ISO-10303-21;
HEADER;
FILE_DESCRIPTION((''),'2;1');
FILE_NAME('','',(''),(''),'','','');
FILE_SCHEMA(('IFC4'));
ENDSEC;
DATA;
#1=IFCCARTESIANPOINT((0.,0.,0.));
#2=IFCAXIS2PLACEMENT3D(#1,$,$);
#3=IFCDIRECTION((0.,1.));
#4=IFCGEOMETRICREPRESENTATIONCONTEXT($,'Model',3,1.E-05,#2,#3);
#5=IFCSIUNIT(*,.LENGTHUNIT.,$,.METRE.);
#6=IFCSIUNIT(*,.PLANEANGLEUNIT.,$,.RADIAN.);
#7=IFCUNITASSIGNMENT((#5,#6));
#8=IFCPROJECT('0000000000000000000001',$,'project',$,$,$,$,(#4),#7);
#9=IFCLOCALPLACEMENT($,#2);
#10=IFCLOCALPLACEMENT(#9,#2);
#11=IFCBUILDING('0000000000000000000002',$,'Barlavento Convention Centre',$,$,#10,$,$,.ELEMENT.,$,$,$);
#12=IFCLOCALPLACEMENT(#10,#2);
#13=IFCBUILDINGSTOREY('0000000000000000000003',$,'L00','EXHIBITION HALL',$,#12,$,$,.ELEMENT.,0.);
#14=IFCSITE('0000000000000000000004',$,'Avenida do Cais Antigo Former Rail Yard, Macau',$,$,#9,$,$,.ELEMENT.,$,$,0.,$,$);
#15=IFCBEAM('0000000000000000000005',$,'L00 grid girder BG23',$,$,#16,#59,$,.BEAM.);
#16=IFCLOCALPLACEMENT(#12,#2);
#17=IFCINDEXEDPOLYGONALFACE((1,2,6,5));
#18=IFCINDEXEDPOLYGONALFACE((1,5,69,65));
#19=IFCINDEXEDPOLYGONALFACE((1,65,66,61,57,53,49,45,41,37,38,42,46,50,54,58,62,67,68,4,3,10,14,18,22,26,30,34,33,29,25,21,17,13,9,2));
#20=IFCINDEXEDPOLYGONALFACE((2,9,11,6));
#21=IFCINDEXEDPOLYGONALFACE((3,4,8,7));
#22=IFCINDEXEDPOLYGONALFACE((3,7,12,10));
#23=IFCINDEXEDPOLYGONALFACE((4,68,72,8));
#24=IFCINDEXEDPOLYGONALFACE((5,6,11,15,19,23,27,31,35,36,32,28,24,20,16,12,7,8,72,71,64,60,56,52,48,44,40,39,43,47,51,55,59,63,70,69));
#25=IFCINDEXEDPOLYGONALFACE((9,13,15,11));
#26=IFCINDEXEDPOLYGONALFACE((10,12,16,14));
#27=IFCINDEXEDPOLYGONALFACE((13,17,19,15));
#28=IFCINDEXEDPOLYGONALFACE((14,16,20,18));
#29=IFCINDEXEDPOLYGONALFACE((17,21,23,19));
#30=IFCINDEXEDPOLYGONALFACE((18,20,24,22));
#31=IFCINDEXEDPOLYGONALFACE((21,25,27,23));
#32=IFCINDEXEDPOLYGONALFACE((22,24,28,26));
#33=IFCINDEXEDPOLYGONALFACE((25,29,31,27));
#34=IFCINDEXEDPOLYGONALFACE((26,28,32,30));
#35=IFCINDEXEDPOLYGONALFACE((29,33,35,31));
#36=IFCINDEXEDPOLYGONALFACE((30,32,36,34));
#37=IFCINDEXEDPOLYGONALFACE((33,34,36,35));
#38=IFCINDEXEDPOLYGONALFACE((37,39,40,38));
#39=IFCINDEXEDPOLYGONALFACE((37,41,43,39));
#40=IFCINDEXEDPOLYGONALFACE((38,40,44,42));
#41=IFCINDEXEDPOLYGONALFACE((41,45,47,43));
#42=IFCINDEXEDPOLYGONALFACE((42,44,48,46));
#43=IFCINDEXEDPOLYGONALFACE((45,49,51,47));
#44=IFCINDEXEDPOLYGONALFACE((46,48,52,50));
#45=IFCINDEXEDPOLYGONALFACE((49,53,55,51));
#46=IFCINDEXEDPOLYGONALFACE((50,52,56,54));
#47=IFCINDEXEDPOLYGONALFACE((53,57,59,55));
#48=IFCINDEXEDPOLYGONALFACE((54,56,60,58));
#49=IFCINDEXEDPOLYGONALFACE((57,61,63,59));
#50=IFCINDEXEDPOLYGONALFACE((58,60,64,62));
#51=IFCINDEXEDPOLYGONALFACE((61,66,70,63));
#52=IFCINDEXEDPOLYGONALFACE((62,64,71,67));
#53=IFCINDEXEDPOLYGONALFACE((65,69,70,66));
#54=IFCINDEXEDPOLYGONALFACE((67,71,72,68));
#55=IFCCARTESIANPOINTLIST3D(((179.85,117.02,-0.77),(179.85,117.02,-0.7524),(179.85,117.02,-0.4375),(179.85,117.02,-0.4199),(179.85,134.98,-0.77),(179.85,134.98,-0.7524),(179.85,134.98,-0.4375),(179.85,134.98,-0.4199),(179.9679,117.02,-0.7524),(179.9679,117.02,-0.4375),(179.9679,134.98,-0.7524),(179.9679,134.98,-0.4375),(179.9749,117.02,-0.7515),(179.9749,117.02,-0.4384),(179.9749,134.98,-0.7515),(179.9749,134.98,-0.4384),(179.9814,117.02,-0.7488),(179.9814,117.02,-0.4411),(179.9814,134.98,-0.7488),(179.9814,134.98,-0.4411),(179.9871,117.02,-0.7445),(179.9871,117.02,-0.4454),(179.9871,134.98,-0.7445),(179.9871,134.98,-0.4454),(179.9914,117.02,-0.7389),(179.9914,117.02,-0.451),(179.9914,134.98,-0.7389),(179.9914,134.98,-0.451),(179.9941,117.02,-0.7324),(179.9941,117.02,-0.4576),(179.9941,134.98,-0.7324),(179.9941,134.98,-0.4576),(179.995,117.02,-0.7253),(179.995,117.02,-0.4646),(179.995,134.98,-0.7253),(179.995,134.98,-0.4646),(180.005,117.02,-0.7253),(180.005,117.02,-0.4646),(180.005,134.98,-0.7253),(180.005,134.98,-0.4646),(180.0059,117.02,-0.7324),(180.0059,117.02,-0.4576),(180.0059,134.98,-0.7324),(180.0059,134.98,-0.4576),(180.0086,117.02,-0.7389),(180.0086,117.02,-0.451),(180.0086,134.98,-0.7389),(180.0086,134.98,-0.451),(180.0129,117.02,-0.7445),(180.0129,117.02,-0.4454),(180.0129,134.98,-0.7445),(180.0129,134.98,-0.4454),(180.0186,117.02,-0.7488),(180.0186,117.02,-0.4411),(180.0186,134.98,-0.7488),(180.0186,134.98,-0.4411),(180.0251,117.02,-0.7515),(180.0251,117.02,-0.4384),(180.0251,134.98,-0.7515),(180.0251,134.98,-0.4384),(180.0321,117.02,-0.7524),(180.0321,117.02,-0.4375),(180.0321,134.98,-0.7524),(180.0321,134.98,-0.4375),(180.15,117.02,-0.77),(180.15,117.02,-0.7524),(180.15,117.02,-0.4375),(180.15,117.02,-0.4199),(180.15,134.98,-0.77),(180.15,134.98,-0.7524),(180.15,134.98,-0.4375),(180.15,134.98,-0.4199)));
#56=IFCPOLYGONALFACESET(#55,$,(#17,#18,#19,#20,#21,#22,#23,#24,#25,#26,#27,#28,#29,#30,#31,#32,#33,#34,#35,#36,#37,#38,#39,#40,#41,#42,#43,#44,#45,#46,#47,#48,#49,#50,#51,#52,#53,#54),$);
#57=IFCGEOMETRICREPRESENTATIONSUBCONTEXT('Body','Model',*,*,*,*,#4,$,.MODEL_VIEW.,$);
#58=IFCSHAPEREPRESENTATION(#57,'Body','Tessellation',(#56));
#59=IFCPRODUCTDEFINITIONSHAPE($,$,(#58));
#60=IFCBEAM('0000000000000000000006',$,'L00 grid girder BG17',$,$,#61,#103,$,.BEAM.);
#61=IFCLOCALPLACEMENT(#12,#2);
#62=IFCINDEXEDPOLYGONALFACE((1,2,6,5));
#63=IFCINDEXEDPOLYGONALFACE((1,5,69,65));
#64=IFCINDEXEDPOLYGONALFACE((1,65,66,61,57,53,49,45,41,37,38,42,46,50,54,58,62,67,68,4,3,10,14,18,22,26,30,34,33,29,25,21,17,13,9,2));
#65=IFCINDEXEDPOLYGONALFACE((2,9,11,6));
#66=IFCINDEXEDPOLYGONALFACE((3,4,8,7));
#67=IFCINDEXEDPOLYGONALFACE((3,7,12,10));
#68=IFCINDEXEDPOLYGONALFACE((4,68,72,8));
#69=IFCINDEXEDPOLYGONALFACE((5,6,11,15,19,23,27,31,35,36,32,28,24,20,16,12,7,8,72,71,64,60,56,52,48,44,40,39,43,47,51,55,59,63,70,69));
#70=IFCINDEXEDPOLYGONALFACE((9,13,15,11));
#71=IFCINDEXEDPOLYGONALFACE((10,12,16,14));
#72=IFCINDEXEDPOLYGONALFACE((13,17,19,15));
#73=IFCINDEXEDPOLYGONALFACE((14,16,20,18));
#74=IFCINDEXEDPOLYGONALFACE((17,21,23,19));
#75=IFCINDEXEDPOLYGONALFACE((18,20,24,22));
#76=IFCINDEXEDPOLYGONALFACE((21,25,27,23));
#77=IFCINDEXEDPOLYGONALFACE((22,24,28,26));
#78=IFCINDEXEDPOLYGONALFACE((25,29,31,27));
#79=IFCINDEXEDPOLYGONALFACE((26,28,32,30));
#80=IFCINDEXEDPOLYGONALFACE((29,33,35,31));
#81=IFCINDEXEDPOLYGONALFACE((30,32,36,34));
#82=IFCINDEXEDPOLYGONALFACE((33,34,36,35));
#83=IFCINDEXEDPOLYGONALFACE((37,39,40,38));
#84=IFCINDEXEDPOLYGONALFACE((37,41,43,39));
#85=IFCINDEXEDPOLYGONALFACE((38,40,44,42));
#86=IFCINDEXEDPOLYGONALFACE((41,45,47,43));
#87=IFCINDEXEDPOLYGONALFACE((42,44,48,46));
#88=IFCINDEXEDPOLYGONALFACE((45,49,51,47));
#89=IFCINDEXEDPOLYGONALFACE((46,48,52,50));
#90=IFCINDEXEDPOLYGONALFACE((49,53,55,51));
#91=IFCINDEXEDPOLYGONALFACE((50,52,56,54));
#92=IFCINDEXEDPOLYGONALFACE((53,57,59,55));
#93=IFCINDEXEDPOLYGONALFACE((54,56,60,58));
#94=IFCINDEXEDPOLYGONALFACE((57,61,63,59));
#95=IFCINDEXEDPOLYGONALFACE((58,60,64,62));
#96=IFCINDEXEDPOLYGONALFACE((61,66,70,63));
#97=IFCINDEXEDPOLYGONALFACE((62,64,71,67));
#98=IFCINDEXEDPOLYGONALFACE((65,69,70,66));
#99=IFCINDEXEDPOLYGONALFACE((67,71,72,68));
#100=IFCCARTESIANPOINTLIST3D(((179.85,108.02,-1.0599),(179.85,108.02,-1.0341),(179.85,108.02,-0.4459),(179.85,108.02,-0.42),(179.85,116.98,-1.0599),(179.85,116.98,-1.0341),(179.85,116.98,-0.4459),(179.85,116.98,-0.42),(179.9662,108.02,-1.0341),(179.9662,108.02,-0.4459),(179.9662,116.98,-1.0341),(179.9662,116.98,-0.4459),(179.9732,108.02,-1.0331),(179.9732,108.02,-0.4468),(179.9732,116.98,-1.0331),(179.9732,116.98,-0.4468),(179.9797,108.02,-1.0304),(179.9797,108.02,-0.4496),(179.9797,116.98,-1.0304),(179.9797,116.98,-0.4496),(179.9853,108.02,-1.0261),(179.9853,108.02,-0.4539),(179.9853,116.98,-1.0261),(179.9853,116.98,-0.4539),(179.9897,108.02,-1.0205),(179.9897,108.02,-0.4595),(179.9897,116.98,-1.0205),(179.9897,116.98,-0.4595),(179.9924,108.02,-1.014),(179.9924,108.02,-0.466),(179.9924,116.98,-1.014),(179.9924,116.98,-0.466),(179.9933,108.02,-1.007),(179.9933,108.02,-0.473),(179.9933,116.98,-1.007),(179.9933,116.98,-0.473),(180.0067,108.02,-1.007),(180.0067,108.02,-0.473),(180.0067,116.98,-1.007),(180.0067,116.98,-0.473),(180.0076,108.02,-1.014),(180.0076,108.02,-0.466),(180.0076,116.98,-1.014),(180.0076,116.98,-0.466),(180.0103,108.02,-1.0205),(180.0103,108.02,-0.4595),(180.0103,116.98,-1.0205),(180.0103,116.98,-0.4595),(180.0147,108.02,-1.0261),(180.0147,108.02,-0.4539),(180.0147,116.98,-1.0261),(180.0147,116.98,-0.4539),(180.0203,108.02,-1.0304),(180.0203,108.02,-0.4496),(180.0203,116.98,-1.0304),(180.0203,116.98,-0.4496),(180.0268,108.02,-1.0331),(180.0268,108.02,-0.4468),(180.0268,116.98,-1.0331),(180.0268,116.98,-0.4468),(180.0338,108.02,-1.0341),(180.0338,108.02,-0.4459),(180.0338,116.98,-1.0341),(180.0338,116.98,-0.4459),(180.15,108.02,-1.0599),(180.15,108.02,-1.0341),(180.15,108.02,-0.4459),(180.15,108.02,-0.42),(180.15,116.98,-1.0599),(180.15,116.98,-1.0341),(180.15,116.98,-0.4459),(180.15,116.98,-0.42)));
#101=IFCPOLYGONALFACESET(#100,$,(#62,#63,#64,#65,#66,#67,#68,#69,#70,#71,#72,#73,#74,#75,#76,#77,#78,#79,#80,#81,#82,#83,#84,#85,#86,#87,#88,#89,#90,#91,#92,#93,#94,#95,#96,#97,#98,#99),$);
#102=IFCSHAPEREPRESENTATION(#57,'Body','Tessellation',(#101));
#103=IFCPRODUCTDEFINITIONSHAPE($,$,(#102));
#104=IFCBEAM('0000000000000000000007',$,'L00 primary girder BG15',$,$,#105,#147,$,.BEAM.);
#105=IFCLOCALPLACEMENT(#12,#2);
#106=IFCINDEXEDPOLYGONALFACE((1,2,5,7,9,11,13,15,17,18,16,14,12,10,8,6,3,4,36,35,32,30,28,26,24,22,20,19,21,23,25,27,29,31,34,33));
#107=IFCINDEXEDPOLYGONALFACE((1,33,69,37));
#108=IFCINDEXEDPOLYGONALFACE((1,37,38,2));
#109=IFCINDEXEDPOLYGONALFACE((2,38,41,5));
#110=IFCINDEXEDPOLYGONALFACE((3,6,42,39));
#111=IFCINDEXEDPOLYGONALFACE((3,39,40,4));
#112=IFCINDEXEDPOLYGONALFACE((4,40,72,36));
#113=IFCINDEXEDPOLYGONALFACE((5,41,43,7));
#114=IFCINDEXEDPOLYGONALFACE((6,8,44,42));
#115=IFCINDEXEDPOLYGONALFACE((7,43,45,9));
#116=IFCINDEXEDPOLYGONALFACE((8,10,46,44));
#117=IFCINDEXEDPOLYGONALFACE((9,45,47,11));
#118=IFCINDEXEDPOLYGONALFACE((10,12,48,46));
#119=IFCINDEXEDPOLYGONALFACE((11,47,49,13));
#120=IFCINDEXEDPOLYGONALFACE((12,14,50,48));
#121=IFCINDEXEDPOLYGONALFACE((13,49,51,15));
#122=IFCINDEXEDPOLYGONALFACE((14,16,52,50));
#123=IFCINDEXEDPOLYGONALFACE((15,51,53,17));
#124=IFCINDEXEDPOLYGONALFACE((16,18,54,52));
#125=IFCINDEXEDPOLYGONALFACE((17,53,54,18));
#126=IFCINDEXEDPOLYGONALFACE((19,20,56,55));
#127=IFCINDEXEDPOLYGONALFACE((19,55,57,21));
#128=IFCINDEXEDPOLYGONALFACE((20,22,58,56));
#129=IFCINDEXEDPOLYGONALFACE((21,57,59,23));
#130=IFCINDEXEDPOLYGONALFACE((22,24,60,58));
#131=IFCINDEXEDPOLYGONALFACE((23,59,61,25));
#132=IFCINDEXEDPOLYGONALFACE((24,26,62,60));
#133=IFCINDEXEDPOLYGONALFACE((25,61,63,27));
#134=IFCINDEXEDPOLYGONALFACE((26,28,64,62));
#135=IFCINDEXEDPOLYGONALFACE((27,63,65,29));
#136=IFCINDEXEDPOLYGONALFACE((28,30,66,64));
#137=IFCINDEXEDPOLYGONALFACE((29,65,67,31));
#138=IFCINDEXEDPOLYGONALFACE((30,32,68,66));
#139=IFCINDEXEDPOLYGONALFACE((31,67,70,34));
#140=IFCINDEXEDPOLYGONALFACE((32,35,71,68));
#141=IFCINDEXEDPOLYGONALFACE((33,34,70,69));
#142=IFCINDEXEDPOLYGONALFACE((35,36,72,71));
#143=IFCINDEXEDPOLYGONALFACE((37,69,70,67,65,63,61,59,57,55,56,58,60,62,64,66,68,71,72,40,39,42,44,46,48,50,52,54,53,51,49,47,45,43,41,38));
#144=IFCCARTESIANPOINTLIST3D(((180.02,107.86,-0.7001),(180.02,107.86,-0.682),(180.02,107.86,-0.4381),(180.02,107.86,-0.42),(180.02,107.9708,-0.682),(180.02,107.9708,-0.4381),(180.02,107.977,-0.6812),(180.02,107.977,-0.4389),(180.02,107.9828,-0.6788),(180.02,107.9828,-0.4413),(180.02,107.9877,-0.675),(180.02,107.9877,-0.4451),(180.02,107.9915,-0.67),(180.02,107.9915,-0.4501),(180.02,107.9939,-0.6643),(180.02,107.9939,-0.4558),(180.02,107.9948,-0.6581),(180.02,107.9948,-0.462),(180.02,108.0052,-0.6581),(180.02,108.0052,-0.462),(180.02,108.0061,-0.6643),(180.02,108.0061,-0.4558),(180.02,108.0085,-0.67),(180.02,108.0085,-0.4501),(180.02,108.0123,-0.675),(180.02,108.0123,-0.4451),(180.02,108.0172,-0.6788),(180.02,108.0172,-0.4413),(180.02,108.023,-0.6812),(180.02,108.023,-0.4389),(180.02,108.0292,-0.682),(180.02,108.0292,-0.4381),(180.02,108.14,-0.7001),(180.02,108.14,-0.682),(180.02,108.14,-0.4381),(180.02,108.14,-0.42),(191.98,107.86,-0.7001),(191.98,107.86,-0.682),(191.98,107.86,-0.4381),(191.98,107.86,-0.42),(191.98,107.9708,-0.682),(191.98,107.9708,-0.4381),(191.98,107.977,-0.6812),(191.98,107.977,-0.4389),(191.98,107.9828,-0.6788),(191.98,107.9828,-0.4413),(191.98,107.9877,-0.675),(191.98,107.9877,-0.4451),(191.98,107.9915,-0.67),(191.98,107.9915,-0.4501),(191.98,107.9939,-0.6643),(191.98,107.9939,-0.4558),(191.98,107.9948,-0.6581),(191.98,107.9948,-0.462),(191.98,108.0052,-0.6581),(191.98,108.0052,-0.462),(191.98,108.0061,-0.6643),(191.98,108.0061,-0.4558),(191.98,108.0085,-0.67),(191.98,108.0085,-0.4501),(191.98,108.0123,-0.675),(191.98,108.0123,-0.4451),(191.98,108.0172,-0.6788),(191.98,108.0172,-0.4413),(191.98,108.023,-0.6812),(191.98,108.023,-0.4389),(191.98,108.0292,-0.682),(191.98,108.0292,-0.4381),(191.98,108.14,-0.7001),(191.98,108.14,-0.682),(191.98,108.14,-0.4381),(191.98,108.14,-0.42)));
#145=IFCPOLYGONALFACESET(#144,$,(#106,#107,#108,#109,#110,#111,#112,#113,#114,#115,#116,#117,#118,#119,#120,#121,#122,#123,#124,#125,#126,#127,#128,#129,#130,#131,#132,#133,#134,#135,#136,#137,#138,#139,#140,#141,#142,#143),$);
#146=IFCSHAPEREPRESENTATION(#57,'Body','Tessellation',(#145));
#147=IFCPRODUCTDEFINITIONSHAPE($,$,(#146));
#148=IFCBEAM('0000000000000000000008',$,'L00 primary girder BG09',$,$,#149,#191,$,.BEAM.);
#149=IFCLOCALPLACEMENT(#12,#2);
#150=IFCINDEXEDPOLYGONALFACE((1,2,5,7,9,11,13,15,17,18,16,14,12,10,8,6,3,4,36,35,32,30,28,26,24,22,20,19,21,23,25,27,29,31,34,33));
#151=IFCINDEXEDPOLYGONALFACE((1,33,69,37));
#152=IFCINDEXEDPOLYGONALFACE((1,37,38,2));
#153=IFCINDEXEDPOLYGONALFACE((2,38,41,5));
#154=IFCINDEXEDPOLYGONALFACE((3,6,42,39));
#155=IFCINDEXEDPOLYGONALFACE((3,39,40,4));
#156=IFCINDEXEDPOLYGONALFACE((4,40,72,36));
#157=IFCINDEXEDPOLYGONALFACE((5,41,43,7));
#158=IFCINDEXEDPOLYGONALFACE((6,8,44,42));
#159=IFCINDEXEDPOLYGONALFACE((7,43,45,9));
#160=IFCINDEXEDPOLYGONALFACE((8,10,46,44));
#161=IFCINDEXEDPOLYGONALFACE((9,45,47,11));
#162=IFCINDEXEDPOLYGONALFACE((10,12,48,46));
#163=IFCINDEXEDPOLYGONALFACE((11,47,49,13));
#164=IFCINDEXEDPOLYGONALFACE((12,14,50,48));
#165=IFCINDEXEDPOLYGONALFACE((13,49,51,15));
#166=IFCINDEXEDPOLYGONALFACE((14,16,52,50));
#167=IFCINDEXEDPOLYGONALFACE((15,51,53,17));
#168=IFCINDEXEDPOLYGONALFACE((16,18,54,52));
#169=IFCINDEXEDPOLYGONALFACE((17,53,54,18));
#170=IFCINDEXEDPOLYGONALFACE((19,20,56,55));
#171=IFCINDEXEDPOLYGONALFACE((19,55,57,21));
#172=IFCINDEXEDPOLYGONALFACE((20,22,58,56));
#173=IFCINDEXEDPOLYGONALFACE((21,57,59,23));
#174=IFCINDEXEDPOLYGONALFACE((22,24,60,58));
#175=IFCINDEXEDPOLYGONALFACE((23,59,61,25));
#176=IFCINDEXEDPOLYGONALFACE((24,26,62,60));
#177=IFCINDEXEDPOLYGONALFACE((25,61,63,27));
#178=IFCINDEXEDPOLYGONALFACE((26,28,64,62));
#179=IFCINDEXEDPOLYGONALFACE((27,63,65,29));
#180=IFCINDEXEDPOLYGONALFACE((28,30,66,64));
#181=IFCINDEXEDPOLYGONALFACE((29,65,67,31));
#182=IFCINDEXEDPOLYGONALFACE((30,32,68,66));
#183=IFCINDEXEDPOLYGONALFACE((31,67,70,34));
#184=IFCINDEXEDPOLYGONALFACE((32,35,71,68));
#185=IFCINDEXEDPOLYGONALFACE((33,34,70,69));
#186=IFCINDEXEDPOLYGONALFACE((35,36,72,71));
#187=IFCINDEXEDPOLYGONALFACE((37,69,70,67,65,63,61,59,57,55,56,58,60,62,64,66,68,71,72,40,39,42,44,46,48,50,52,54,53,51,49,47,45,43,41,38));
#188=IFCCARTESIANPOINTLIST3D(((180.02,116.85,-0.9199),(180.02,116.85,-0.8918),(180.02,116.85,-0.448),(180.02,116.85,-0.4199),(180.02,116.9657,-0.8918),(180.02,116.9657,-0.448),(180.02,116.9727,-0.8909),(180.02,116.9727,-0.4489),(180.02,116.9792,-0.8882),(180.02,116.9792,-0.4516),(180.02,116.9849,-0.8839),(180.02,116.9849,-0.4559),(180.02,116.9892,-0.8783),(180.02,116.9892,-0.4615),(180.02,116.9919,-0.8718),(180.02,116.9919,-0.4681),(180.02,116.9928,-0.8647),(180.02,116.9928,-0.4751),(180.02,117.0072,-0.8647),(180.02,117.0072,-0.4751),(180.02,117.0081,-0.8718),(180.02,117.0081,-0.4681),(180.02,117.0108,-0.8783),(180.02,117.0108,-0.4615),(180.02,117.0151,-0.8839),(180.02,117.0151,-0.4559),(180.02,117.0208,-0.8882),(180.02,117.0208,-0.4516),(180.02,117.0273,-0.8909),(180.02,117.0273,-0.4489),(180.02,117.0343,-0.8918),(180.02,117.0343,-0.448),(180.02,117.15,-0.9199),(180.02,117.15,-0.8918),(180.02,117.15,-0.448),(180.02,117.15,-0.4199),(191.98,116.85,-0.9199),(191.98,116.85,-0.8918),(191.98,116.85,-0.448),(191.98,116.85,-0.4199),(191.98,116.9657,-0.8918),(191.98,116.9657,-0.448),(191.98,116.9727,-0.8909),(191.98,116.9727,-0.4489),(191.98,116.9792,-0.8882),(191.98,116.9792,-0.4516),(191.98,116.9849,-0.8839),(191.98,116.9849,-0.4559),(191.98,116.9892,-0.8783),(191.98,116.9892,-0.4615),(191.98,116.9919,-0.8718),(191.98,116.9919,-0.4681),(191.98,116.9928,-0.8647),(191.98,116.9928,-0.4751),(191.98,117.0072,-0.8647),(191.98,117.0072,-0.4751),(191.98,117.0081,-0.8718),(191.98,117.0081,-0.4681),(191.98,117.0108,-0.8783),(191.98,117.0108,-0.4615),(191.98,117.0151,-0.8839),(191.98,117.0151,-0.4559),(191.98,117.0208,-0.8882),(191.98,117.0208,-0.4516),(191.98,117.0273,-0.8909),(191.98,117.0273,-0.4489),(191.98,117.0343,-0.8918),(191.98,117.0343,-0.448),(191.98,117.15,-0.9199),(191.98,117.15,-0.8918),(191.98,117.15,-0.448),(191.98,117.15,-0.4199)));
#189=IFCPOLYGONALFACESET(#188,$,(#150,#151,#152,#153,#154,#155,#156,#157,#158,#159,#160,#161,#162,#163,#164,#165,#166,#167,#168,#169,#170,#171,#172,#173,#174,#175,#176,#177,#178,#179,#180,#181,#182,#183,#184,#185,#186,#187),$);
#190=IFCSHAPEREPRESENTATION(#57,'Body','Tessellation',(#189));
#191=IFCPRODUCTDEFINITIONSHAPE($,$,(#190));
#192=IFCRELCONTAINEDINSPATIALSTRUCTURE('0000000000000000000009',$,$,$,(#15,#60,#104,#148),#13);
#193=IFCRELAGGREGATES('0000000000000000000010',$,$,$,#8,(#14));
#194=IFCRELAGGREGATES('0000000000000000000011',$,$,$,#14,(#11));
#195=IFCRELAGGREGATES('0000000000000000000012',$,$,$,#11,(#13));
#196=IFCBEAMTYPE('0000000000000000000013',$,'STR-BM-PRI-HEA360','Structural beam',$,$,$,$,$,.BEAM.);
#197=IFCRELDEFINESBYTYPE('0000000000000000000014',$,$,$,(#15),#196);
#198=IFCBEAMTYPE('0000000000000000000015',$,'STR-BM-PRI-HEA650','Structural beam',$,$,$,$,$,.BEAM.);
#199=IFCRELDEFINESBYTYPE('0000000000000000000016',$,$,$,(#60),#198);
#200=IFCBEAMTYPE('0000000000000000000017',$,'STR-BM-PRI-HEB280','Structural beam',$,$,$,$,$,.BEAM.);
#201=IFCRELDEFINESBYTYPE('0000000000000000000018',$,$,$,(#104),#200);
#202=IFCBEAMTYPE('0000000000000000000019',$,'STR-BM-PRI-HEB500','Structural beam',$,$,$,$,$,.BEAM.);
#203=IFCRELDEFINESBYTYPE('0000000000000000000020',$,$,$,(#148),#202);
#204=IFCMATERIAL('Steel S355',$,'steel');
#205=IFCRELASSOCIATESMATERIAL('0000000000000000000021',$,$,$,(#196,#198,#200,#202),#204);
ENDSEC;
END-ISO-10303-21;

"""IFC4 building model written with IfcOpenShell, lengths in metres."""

from ifc_helpers import new_model, si_unit, direction, frame, origin, origin_2d, place, context, subcontext, project, spatial, i_section, extrude, material, material_profile, profile_set, type_object, element, save


model = new_model("IFC4")

# Units and contexts
model_context = context("Model", 3, precision=1e-05, world=origin(), true_north=direction((0.0, 1.0)))
body_context = subcontext(model_context, "Body", "Model", "MODEL_VIEW")
ifc_project = project(units=[si_unit("LENGTHUNIT", "METRE"), si_unit("PLANEANGLEUNIT", "RADIAN")], contexts=[model_context])

# Site, building, storey
site_placement = place(None, origin())
site = spatial("IfcSite", under=ifc_project, at=site_placement, Name="Avenida do Cais Antigo Former Rail Yard, Macau", CompositionType="ELEMENT", RefElevation=0.0)
building_placement = place(site_placement, origin())
building = spatial("IfcBuilding", under=site, at=building_placement, Name="Barlavento Convention Centre", CompositionType="ELEMENT")
storey_placement = place(building_placement, origin())
storey = spatial("IfcBuildingStorey", under=building, at=storey_placement, Name="L00", Description="EXHIBITION HALL", CompositionType="ELEMENT", Elevation=0.0)

# Beams
ifc_material_1 = material(Name="Steel S355", Category="steel")
ifc_material_profile_1 = material_profile(ifc_material_1, i_section(OverallWidth=0.3, OverallDepth=0.3501, WebThickness=0.01, FlangeThickness=0.0176, FilletRadius=0.0271, at=origin_2d()), Name="HEA 360")
ifc_profile_set_1 = profile_set([ifc_material_profile_1], Name="Steel S355")
beam_type_1 = type_object("IfcBeamType", Name="STR-BM-PRI-HEA360", Description="Structural beam", PredefinedType="BEAM", material=ifc_profile_set_1)
beam_1_placement = place(storey_placement, frame((180.0, 117.02, -0.595), z_axis=(0.0, 1.0, 0.0), x_axis=(-1.0, 0.0, 0.0)))
element("IfcBeam", 1, at=beam_1_placement, inside=storey, type_object=beam_type_1, Name="L00 grid girder BG23", PredefinedType="BEAM", context=body_context, shape_type="SweptSolid", body=[
    extrude(i_section(OverallWidth=0.3, OverallDepth=0.3501, WebThickness=0.01, FlangeThickness=0.0176, FilletRadius=0.0271, at=origin_2d()), origin(), (0.0, 0.0, 1.0), 17.96),
])
ifc_material_profile_2 = material_profile(ifc_material_1, i_section(OverallWidth=0.3, OverallDepth=0.6399, WebThickness=0.0134, FlangeThickness=0.0259, FilletRadius=0.0271, at=origin_2d()), Name="HEA 650")
ifc_profile_set_2 = profile_set([ifc_material_profile_2], Name="Steel S355")
beam_type_2 = type_object("IfcBeamType", Name="STR-BM-PRI-HEA650", Description="Structural beam", PredefinedType="BEAM", material=ifc_profile_set_2)
beam_2_placement = place(storey_placement, frame((180.0, 108.02, -0.74), z_axis=(0.0, 1.0, 0.0), x_axis=(-1.0, 0.0, 0.0)))
element("IfcBeam", 2, at=beam_2_placement, inside=storey, type_object=beam_type_2, Name="L00 grid girder BG17", PredefinedType="BEAM", context=body_context, shape_type="SweptSolid", body=[
    extrude(i_section(OverallWidth=0.3, OverallDepth=0.6399, WebThickness=0.0134, FlangeThickness=0.0259, FilletRadius=0.0271, at=origin_2d()), origin(), (0.0, 0.0, 1.0), 8.96),
])
ifc_material_profile_3 = material_profile(ifc_material_1, i_section(OverallWidth=0.28, OverallDepth=0.28, WebThickness=0.0105, FlangeThickness=0.0181, FilletRadius=0.0239, at=origin_2d()), Name="HEB 280")
ifc_profile_set_3 = profile_set([ifc_material_profile_3], Name="Steel S355")
beam_type_3 = type_object("IfcBeamType", Name="STR-BM-PRI-HEB280", Description="Structural beam", PredefinedType="BEAM", material=ifc_profile_set_3)
beam_3_placement = place(storey_placement, frame((180.02, 108.0, -0.5601), z_axis=(1.0, 0.0, 0.0), x_axis=(0.0, 1.0, 0.0)))
element("IfcBeam", 3, at=beam_3_placement, inside=storey, type_object=beam_type_3, Name="L00 primary girder BG15", PredefinedType="BEAM", context=body_context, shape_type="SweptSolid", body=[
    extrude(i_section(OverallWidth=0.28, OverallDepth=0.28, WebThickness=0.0105, FlangeThickness=0.0181, FilletRadius=0.0239, at=origin_2d()), origin(), (0.0, 0.0, 1.0), 11.96),
])
ifc_material_profile_4 = material_profile(ifc_material_1, i_section(OverallWidth=0.3, OverallDepth=0.5, WebThickness=0.0144, FlangeThickness=0.0281, FilletRadius=0.0271, at=origin_2d()), Name="HEB 500")
ifc_profile_set_4 = profile_set([ifc_material_profile_4], Name="Steel S355")
beam_type_4 = type_object("IfcBeamType", Name="STR-BM-PRI-HEB500", Description="Structural beam", PredefinedType="BEAM", material=ifc_profile_set_4)
beam_4_placement = place(storey_placement, frame((180.02, 117.0, -0.6699), z_axis=(1.0, 0.0, 0.0), x_axis=(0.0, 1.0, 0.0)))
element("IfcBeam", 4, at=beam_4_placement, inside=storey, type_object=beam_type_4, Name="L00 primary girder BG09", PredefinedType="BEAM", context=body_context, shape_type="SweptSolid", body=[
    extrude(i_section(OverallWidth=0.3, OverallDepth=0.5, WebThickness=0.0144, FlangeThickness=0.0281, FilletRadius=0.0271, at=origin_2d()), origin(), (0.0, 0.0, 1.0), 11.96),
])

save(model, "model.ifc")
